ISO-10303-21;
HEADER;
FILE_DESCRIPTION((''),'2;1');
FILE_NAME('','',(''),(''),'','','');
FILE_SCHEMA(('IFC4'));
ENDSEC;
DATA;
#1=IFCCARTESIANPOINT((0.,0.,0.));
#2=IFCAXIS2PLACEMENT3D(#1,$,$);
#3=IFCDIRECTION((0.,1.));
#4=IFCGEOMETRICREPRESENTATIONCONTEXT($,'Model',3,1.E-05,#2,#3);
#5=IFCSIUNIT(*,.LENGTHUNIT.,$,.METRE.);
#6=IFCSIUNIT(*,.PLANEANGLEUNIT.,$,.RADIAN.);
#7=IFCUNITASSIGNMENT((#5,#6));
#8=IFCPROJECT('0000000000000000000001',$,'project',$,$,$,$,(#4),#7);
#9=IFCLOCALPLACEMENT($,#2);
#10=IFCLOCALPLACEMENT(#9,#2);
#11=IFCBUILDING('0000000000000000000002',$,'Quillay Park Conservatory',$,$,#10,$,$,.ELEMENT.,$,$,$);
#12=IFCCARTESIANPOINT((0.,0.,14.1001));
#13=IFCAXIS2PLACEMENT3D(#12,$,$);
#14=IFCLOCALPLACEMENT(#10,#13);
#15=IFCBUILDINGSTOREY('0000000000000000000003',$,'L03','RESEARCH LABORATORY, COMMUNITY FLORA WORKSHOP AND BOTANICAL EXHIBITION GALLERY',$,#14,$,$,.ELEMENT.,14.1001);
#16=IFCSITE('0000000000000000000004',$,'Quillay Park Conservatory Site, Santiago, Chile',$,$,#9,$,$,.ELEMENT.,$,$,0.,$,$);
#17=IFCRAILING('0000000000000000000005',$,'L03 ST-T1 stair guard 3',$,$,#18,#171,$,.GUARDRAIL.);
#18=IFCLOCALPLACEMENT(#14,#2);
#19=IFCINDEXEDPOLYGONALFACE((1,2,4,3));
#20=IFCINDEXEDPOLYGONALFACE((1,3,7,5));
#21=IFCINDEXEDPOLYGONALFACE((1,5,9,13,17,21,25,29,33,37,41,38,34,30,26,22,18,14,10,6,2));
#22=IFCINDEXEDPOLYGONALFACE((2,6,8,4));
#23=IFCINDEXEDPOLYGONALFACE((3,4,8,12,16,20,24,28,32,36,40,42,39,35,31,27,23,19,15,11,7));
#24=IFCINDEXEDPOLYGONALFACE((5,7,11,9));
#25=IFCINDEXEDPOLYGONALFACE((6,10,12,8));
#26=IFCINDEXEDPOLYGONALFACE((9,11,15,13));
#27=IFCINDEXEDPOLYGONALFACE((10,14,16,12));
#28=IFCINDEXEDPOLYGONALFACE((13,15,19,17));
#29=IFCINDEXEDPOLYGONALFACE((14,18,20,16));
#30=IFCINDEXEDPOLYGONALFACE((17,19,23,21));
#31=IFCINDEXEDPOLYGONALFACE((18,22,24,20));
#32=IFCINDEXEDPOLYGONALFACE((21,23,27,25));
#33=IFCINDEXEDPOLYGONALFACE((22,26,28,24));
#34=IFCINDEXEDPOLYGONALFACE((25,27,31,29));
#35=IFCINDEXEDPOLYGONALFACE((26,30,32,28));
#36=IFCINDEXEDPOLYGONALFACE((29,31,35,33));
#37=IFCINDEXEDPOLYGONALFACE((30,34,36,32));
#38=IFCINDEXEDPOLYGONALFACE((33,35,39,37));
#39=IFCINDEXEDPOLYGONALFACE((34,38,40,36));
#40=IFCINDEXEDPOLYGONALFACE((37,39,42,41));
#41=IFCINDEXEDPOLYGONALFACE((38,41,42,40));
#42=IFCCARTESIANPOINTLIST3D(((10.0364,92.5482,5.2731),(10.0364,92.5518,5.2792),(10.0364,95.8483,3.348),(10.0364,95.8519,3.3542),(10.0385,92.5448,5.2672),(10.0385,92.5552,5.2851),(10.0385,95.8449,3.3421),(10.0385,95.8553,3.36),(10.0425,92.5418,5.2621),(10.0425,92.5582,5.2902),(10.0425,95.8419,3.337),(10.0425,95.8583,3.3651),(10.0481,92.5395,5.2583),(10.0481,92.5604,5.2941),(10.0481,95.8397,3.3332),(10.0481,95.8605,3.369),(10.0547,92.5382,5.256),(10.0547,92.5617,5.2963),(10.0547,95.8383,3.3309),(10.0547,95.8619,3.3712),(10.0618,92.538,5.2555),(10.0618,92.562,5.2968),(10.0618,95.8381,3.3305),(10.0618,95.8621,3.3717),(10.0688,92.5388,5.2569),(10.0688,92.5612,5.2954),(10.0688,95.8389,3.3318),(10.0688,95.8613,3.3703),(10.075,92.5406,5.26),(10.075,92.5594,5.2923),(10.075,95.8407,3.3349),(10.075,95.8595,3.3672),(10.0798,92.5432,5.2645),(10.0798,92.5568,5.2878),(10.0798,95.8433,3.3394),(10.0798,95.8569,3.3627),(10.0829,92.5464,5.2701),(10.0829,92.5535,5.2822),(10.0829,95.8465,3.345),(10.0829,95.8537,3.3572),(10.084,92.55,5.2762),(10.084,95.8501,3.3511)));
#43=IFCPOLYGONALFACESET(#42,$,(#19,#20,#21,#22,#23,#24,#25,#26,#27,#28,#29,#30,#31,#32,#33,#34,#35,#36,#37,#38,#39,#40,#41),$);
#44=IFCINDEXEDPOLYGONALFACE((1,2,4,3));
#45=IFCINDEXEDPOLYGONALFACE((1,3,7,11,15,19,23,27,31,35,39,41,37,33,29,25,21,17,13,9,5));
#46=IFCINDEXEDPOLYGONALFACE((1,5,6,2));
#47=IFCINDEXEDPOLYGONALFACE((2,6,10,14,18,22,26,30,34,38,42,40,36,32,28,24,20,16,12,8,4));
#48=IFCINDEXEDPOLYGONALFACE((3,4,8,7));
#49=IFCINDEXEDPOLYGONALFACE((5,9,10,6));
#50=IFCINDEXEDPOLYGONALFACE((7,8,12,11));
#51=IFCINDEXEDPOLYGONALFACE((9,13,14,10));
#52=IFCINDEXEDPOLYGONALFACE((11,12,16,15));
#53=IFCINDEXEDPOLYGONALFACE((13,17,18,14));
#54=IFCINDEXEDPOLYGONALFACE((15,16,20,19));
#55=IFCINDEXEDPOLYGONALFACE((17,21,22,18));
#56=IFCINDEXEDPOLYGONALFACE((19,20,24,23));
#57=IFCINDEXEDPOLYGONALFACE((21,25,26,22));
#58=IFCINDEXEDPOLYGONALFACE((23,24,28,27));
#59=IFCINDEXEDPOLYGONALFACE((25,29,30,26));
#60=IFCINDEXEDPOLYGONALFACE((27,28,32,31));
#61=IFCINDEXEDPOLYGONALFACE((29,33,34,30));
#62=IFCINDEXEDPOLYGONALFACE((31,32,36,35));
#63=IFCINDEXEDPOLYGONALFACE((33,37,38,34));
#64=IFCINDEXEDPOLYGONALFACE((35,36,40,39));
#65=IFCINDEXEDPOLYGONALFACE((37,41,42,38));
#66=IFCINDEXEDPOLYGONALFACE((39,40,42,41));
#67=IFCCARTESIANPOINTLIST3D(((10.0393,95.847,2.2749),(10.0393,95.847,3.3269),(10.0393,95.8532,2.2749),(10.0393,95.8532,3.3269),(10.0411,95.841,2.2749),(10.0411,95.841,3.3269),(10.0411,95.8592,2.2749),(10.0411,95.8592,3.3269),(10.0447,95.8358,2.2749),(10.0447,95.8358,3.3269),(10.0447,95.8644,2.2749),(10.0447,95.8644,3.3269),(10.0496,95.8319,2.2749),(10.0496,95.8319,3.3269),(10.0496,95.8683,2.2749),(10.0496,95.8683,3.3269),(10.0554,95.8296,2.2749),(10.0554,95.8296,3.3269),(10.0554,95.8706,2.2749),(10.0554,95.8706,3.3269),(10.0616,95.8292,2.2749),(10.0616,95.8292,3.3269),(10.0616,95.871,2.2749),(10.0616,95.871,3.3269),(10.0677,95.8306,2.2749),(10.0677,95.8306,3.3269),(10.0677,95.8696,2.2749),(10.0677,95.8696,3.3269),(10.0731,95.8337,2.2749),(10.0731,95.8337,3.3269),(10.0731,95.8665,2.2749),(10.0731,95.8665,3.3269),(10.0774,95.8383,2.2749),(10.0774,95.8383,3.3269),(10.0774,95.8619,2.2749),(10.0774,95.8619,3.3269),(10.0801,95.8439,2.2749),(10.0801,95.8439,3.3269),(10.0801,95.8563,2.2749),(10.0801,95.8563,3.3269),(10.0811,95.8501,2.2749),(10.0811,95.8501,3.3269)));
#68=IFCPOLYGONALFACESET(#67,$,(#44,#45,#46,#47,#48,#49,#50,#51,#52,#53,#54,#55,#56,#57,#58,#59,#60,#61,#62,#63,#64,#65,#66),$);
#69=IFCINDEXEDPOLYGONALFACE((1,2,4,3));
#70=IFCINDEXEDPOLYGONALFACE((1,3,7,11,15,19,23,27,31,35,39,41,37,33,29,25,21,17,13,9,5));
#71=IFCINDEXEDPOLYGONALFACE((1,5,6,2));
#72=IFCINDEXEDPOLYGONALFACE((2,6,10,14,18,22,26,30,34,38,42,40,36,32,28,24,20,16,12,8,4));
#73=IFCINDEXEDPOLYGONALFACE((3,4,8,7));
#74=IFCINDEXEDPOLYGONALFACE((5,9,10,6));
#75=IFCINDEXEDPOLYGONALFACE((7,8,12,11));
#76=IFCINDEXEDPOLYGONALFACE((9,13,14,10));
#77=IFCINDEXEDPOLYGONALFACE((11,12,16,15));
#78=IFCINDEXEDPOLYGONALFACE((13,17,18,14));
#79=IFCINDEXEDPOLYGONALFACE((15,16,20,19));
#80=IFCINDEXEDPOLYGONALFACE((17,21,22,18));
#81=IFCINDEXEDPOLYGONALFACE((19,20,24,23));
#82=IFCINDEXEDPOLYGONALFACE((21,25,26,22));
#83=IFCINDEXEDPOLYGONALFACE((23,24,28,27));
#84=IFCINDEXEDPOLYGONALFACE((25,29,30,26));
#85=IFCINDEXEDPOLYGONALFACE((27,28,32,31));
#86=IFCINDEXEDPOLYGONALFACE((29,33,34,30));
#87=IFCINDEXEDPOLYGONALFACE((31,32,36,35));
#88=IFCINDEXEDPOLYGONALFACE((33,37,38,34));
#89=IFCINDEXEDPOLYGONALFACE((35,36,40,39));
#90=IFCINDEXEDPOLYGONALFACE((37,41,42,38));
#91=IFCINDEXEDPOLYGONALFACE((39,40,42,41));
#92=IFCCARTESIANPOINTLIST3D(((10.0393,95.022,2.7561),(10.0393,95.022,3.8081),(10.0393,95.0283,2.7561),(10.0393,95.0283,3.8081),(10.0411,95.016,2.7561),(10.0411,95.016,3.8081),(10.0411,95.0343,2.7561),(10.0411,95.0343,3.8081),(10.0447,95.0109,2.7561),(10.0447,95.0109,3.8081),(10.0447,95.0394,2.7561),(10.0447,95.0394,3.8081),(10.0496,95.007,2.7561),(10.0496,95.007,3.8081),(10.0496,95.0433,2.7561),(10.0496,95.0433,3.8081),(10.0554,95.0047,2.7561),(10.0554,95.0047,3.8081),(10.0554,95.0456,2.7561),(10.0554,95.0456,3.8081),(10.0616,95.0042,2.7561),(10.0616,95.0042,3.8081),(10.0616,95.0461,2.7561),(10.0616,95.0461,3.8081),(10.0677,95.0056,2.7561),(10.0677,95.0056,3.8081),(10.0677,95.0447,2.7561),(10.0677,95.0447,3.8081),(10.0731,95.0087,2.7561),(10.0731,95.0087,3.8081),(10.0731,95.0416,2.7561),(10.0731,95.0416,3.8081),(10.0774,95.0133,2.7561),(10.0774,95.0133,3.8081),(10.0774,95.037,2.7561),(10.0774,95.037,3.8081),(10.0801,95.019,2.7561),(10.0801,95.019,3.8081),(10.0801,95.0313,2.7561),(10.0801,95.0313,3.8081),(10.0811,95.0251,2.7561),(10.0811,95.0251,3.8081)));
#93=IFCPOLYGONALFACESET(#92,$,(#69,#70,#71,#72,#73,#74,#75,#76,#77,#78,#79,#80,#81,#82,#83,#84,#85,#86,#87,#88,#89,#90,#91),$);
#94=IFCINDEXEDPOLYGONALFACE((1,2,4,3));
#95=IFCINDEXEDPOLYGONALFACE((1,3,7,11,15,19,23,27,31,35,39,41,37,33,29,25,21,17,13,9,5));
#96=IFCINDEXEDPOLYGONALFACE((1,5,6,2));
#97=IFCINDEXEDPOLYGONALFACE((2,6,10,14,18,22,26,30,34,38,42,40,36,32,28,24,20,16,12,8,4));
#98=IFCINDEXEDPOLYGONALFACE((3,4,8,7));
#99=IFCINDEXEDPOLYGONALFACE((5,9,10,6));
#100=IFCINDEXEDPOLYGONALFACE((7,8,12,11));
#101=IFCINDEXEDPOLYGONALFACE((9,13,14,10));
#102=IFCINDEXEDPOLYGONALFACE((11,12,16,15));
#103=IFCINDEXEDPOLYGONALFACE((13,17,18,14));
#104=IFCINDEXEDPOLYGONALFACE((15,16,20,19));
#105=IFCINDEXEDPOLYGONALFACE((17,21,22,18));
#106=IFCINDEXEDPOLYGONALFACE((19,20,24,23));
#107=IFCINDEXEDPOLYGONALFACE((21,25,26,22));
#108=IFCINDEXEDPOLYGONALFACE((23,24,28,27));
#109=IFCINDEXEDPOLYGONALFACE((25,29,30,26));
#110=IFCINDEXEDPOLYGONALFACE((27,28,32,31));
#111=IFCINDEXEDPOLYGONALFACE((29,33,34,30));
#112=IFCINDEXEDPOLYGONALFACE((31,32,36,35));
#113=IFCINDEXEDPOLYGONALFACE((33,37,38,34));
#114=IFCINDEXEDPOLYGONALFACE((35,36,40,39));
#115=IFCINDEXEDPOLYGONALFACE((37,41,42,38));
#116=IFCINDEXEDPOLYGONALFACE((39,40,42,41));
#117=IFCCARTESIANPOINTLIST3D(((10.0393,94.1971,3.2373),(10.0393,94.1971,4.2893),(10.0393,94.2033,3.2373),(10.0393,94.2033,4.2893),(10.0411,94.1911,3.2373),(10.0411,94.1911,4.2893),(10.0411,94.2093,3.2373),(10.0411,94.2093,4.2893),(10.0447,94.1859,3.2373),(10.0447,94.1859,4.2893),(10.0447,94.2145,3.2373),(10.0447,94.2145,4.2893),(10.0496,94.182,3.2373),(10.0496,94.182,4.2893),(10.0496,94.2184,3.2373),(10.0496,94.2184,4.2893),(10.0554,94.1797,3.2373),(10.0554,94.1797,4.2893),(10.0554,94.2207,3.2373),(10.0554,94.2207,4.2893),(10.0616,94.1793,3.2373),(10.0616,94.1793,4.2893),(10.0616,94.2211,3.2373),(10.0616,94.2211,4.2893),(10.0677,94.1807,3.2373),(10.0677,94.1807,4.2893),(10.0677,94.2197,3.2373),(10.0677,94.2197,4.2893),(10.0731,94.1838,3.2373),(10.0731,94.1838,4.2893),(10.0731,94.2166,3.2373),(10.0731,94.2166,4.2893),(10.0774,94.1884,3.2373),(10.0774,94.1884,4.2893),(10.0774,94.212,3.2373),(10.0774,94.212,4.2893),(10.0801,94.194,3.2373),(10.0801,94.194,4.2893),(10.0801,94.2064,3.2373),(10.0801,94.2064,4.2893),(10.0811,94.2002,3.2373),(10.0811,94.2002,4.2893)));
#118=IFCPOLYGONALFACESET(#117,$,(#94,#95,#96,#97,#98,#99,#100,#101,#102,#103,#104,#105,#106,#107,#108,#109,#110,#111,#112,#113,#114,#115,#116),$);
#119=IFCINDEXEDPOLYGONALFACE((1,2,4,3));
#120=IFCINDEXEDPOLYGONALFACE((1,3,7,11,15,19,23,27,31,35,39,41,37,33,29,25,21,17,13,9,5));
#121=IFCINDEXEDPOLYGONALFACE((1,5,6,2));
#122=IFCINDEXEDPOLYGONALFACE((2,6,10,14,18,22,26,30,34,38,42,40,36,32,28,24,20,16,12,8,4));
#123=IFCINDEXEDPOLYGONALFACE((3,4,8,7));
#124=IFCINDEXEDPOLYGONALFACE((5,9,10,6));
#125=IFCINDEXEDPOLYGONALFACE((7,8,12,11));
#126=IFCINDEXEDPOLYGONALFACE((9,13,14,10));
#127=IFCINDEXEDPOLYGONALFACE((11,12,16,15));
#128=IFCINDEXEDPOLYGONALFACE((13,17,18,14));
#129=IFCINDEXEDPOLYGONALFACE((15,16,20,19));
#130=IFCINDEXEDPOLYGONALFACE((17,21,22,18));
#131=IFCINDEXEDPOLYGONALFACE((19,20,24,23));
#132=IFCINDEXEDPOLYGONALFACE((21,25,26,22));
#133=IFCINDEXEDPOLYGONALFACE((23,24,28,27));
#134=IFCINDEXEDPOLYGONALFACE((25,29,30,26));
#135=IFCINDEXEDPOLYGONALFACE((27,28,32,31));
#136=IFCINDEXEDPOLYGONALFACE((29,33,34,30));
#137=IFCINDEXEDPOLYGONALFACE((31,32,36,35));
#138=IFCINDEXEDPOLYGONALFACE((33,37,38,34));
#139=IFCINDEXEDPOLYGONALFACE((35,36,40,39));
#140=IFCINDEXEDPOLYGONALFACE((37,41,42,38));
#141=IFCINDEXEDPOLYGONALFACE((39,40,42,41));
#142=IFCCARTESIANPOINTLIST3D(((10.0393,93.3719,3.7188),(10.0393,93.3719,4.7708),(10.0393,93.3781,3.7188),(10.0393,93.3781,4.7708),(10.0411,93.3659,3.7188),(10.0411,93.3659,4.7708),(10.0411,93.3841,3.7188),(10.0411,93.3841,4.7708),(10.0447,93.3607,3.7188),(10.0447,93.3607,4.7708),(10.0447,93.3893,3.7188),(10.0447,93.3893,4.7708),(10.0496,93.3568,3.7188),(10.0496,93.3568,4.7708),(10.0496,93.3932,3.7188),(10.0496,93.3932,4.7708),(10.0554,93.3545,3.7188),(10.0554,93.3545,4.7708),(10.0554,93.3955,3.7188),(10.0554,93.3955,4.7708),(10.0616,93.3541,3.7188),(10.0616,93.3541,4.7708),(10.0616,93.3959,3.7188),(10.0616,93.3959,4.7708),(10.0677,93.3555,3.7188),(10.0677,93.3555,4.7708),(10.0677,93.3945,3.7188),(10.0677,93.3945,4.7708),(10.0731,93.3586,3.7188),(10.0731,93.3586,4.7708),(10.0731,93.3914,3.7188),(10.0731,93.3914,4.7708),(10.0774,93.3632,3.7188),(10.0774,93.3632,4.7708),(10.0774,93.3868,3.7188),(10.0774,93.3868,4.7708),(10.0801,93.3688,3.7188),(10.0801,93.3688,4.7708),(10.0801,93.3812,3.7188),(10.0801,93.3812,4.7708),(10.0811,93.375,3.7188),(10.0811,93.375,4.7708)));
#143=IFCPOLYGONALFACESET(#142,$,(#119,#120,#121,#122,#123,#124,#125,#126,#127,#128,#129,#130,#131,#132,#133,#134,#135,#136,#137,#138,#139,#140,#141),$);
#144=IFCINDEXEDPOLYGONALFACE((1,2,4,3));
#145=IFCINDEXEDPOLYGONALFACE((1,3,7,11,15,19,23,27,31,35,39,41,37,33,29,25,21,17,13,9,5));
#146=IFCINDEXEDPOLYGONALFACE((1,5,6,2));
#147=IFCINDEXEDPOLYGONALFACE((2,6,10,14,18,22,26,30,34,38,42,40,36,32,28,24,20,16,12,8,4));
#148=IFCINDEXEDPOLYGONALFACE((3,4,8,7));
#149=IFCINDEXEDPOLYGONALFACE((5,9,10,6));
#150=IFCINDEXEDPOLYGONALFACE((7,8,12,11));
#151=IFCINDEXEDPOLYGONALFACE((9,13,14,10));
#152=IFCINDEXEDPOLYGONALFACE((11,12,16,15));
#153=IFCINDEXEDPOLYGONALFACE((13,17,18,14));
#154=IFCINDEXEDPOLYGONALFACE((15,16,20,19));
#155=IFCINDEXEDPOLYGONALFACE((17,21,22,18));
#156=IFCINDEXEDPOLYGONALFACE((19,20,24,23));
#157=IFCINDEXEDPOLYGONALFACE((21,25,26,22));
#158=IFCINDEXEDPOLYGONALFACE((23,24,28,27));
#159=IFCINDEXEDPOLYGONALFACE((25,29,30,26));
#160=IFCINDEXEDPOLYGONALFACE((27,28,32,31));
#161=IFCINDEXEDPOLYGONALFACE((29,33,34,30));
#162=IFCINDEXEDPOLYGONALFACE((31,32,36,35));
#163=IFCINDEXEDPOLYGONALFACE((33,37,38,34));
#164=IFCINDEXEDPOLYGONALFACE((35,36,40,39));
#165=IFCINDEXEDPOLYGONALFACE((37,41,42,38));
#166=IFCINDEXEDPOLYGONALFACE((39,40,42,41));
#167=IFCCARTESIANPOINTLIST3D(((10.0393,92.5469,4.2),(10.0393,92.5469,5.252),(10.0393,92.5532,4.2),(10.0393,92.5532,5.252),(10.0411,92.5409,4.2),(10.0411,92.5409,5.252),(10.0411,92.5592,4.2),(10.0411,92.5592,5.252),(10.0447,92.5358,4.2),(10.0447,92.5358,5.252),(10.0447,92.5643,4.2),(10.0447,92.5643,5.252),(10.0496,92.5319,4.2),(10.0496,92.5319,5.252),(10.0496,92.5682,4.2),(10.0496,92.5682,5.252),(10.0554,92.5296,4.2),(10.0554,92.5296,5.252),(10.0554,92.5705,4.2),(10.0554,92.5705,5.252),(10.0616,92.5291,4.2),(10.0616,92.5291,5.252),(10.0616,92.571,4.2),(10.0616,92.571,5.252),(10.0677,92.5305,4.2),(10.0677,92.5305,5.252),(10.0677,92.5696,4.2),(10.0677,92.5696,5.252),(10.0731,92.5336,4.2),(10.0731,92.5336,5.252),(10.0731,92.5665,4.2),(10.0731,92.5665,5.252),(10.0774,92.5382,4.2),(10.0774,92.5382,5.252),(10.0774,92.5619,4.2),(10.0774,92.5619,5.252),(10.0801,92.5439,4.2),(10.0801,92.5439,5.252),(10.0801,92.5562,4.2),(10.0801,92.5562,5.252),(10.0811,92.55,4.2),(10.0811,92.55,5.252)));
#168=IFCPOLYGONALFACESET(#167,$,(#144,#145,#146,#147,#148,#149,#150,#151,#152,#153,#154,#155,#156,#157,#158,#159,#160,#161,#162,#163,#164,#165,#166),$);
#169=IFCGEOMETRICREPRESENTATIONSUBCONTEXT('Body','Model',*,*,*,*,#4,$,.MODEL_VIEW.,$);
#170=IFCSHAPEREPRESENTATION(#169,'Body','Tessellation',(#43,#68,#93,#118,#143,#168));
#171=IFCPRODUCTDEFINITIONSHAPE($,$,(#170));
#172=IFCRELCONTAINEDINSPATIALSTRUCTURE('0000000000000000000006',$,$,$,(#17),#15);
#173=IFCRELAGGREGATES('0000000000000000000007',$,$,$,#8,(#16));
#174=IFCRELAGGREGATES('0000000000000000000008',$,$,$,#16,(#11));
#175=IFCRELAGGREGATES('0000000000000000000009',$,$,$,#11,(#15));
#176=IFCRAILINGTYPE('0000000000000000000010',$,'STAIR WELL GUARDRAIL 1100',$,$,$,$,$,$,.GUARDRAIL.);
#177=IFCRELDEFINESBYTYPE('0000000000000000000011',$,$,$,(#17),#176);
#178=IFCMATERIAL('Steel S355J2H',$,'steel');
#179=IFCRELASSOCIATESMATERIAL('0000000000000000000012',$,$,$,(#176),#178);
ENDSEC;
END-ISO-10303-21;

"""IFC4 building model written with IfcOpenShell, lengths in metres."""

from ifc_helpers import new_model, si_unit, direction, frame, origin, origin_2d, place, context, subcontext, project, spatial, circle, extrude, material, type_object, element, save


model = new_model("IFC4")

# Units and contexts
model_context = context("Model", 3, precision=1e-05, world=origin(), true_north=direction((0.0, 1.0)))
body_context = subcontext(model_context, "Body", "Model", "MODEL_VIEW")
ifc_project = project(units=[si_unit("LENGTHUNIT", "METRE"), si_unit("PLANEANGLEUNIT", "RADIAN")], contexts=[model_context])

# Site, building, storey
site_placement = place(None, origin())
site = spatial("IfcSite", under=ifc_project, at=site_placement, Name="Quillay Park Conservatory Site, Santiago, Chile", CompositionType="ELEMENT", RefElevation=0.0)
building_placement = place(site_placement, origin())
building = spatial("IfcBuilding", under=site, at=building_placement, Name="Quillay Park Conservatory", CompositionType="ELEMENT")
storey_placement = place(building_placement, frame((0.0, 0.0, 14.1001)))
storey = spatial("IfcBuildingStorey", under=building, at=storey_placement, Name="L03", Description="RESEARCH LABORATORY, COMMUNITY FLORA WORKSHOP AND BOTANICAL EXHIBITION GALLERY", CompositionType="ELEMENT", Elevation=14.1001)

# Railing
ifc_material_1 = material(Name="Steel S355J2H", Category="steel")
railing_type_1 = type_object("IfcRailingType", Name="STAIR WELL GUARDRAIL 1100", PredefinedType="GUARDRAIL", material=ifc_material_1)
railing_1_placement = place(storey_placement, frame((10.0601, 95.8501, 2.2749)))
element("IfcRailing", 1, at=railing_1_placement, inside=storey, type_object=railing_type_1, Name="L03 ST-T1 stair guard 3", PredefinedType="GUARDRAIL", context=body_context, shape_type="SweptSolid", body=[
    extrude(circle(Radius=0.0239, at=origin_2d()), frame((0.0, 0.0, 1.0762), z_axis=(0.0, -0.863777, 0.503875), x_axis=(1.0, 0.0, 0.0)), (0.0, 0.0, 1.0), 3.8206),
    extrude(circle(Radius=0.021, at=origin_2d()), origin(), (0.0, 0.0, 1.0), 1.052),
    extrude(circle(Radius=0.021, at=origin_2d()), frame((0.0, -0.825, 0.4812)), (0.0, 0.0, 1.0), 1.052),
    extrude(circle(Radius=0.021, at=origin_2d()), frame((0.0, -1.6499, 0.9624)), (0.0, 0.0, 1.0), 1.052),
    extrude(circle(Radius=0.021, at=origin_2d()), frame((0.0, -2.4751, 1.4438)), (0.0, 0.0, 1.0), 1.052),
    extrude(circle(Radius=0.021, at=origin_2d()), frame((0.0, -3.3, 1.925)), (0.0, 0.0, 1.0), 1.052),
])

save(model, "model.ifc")
